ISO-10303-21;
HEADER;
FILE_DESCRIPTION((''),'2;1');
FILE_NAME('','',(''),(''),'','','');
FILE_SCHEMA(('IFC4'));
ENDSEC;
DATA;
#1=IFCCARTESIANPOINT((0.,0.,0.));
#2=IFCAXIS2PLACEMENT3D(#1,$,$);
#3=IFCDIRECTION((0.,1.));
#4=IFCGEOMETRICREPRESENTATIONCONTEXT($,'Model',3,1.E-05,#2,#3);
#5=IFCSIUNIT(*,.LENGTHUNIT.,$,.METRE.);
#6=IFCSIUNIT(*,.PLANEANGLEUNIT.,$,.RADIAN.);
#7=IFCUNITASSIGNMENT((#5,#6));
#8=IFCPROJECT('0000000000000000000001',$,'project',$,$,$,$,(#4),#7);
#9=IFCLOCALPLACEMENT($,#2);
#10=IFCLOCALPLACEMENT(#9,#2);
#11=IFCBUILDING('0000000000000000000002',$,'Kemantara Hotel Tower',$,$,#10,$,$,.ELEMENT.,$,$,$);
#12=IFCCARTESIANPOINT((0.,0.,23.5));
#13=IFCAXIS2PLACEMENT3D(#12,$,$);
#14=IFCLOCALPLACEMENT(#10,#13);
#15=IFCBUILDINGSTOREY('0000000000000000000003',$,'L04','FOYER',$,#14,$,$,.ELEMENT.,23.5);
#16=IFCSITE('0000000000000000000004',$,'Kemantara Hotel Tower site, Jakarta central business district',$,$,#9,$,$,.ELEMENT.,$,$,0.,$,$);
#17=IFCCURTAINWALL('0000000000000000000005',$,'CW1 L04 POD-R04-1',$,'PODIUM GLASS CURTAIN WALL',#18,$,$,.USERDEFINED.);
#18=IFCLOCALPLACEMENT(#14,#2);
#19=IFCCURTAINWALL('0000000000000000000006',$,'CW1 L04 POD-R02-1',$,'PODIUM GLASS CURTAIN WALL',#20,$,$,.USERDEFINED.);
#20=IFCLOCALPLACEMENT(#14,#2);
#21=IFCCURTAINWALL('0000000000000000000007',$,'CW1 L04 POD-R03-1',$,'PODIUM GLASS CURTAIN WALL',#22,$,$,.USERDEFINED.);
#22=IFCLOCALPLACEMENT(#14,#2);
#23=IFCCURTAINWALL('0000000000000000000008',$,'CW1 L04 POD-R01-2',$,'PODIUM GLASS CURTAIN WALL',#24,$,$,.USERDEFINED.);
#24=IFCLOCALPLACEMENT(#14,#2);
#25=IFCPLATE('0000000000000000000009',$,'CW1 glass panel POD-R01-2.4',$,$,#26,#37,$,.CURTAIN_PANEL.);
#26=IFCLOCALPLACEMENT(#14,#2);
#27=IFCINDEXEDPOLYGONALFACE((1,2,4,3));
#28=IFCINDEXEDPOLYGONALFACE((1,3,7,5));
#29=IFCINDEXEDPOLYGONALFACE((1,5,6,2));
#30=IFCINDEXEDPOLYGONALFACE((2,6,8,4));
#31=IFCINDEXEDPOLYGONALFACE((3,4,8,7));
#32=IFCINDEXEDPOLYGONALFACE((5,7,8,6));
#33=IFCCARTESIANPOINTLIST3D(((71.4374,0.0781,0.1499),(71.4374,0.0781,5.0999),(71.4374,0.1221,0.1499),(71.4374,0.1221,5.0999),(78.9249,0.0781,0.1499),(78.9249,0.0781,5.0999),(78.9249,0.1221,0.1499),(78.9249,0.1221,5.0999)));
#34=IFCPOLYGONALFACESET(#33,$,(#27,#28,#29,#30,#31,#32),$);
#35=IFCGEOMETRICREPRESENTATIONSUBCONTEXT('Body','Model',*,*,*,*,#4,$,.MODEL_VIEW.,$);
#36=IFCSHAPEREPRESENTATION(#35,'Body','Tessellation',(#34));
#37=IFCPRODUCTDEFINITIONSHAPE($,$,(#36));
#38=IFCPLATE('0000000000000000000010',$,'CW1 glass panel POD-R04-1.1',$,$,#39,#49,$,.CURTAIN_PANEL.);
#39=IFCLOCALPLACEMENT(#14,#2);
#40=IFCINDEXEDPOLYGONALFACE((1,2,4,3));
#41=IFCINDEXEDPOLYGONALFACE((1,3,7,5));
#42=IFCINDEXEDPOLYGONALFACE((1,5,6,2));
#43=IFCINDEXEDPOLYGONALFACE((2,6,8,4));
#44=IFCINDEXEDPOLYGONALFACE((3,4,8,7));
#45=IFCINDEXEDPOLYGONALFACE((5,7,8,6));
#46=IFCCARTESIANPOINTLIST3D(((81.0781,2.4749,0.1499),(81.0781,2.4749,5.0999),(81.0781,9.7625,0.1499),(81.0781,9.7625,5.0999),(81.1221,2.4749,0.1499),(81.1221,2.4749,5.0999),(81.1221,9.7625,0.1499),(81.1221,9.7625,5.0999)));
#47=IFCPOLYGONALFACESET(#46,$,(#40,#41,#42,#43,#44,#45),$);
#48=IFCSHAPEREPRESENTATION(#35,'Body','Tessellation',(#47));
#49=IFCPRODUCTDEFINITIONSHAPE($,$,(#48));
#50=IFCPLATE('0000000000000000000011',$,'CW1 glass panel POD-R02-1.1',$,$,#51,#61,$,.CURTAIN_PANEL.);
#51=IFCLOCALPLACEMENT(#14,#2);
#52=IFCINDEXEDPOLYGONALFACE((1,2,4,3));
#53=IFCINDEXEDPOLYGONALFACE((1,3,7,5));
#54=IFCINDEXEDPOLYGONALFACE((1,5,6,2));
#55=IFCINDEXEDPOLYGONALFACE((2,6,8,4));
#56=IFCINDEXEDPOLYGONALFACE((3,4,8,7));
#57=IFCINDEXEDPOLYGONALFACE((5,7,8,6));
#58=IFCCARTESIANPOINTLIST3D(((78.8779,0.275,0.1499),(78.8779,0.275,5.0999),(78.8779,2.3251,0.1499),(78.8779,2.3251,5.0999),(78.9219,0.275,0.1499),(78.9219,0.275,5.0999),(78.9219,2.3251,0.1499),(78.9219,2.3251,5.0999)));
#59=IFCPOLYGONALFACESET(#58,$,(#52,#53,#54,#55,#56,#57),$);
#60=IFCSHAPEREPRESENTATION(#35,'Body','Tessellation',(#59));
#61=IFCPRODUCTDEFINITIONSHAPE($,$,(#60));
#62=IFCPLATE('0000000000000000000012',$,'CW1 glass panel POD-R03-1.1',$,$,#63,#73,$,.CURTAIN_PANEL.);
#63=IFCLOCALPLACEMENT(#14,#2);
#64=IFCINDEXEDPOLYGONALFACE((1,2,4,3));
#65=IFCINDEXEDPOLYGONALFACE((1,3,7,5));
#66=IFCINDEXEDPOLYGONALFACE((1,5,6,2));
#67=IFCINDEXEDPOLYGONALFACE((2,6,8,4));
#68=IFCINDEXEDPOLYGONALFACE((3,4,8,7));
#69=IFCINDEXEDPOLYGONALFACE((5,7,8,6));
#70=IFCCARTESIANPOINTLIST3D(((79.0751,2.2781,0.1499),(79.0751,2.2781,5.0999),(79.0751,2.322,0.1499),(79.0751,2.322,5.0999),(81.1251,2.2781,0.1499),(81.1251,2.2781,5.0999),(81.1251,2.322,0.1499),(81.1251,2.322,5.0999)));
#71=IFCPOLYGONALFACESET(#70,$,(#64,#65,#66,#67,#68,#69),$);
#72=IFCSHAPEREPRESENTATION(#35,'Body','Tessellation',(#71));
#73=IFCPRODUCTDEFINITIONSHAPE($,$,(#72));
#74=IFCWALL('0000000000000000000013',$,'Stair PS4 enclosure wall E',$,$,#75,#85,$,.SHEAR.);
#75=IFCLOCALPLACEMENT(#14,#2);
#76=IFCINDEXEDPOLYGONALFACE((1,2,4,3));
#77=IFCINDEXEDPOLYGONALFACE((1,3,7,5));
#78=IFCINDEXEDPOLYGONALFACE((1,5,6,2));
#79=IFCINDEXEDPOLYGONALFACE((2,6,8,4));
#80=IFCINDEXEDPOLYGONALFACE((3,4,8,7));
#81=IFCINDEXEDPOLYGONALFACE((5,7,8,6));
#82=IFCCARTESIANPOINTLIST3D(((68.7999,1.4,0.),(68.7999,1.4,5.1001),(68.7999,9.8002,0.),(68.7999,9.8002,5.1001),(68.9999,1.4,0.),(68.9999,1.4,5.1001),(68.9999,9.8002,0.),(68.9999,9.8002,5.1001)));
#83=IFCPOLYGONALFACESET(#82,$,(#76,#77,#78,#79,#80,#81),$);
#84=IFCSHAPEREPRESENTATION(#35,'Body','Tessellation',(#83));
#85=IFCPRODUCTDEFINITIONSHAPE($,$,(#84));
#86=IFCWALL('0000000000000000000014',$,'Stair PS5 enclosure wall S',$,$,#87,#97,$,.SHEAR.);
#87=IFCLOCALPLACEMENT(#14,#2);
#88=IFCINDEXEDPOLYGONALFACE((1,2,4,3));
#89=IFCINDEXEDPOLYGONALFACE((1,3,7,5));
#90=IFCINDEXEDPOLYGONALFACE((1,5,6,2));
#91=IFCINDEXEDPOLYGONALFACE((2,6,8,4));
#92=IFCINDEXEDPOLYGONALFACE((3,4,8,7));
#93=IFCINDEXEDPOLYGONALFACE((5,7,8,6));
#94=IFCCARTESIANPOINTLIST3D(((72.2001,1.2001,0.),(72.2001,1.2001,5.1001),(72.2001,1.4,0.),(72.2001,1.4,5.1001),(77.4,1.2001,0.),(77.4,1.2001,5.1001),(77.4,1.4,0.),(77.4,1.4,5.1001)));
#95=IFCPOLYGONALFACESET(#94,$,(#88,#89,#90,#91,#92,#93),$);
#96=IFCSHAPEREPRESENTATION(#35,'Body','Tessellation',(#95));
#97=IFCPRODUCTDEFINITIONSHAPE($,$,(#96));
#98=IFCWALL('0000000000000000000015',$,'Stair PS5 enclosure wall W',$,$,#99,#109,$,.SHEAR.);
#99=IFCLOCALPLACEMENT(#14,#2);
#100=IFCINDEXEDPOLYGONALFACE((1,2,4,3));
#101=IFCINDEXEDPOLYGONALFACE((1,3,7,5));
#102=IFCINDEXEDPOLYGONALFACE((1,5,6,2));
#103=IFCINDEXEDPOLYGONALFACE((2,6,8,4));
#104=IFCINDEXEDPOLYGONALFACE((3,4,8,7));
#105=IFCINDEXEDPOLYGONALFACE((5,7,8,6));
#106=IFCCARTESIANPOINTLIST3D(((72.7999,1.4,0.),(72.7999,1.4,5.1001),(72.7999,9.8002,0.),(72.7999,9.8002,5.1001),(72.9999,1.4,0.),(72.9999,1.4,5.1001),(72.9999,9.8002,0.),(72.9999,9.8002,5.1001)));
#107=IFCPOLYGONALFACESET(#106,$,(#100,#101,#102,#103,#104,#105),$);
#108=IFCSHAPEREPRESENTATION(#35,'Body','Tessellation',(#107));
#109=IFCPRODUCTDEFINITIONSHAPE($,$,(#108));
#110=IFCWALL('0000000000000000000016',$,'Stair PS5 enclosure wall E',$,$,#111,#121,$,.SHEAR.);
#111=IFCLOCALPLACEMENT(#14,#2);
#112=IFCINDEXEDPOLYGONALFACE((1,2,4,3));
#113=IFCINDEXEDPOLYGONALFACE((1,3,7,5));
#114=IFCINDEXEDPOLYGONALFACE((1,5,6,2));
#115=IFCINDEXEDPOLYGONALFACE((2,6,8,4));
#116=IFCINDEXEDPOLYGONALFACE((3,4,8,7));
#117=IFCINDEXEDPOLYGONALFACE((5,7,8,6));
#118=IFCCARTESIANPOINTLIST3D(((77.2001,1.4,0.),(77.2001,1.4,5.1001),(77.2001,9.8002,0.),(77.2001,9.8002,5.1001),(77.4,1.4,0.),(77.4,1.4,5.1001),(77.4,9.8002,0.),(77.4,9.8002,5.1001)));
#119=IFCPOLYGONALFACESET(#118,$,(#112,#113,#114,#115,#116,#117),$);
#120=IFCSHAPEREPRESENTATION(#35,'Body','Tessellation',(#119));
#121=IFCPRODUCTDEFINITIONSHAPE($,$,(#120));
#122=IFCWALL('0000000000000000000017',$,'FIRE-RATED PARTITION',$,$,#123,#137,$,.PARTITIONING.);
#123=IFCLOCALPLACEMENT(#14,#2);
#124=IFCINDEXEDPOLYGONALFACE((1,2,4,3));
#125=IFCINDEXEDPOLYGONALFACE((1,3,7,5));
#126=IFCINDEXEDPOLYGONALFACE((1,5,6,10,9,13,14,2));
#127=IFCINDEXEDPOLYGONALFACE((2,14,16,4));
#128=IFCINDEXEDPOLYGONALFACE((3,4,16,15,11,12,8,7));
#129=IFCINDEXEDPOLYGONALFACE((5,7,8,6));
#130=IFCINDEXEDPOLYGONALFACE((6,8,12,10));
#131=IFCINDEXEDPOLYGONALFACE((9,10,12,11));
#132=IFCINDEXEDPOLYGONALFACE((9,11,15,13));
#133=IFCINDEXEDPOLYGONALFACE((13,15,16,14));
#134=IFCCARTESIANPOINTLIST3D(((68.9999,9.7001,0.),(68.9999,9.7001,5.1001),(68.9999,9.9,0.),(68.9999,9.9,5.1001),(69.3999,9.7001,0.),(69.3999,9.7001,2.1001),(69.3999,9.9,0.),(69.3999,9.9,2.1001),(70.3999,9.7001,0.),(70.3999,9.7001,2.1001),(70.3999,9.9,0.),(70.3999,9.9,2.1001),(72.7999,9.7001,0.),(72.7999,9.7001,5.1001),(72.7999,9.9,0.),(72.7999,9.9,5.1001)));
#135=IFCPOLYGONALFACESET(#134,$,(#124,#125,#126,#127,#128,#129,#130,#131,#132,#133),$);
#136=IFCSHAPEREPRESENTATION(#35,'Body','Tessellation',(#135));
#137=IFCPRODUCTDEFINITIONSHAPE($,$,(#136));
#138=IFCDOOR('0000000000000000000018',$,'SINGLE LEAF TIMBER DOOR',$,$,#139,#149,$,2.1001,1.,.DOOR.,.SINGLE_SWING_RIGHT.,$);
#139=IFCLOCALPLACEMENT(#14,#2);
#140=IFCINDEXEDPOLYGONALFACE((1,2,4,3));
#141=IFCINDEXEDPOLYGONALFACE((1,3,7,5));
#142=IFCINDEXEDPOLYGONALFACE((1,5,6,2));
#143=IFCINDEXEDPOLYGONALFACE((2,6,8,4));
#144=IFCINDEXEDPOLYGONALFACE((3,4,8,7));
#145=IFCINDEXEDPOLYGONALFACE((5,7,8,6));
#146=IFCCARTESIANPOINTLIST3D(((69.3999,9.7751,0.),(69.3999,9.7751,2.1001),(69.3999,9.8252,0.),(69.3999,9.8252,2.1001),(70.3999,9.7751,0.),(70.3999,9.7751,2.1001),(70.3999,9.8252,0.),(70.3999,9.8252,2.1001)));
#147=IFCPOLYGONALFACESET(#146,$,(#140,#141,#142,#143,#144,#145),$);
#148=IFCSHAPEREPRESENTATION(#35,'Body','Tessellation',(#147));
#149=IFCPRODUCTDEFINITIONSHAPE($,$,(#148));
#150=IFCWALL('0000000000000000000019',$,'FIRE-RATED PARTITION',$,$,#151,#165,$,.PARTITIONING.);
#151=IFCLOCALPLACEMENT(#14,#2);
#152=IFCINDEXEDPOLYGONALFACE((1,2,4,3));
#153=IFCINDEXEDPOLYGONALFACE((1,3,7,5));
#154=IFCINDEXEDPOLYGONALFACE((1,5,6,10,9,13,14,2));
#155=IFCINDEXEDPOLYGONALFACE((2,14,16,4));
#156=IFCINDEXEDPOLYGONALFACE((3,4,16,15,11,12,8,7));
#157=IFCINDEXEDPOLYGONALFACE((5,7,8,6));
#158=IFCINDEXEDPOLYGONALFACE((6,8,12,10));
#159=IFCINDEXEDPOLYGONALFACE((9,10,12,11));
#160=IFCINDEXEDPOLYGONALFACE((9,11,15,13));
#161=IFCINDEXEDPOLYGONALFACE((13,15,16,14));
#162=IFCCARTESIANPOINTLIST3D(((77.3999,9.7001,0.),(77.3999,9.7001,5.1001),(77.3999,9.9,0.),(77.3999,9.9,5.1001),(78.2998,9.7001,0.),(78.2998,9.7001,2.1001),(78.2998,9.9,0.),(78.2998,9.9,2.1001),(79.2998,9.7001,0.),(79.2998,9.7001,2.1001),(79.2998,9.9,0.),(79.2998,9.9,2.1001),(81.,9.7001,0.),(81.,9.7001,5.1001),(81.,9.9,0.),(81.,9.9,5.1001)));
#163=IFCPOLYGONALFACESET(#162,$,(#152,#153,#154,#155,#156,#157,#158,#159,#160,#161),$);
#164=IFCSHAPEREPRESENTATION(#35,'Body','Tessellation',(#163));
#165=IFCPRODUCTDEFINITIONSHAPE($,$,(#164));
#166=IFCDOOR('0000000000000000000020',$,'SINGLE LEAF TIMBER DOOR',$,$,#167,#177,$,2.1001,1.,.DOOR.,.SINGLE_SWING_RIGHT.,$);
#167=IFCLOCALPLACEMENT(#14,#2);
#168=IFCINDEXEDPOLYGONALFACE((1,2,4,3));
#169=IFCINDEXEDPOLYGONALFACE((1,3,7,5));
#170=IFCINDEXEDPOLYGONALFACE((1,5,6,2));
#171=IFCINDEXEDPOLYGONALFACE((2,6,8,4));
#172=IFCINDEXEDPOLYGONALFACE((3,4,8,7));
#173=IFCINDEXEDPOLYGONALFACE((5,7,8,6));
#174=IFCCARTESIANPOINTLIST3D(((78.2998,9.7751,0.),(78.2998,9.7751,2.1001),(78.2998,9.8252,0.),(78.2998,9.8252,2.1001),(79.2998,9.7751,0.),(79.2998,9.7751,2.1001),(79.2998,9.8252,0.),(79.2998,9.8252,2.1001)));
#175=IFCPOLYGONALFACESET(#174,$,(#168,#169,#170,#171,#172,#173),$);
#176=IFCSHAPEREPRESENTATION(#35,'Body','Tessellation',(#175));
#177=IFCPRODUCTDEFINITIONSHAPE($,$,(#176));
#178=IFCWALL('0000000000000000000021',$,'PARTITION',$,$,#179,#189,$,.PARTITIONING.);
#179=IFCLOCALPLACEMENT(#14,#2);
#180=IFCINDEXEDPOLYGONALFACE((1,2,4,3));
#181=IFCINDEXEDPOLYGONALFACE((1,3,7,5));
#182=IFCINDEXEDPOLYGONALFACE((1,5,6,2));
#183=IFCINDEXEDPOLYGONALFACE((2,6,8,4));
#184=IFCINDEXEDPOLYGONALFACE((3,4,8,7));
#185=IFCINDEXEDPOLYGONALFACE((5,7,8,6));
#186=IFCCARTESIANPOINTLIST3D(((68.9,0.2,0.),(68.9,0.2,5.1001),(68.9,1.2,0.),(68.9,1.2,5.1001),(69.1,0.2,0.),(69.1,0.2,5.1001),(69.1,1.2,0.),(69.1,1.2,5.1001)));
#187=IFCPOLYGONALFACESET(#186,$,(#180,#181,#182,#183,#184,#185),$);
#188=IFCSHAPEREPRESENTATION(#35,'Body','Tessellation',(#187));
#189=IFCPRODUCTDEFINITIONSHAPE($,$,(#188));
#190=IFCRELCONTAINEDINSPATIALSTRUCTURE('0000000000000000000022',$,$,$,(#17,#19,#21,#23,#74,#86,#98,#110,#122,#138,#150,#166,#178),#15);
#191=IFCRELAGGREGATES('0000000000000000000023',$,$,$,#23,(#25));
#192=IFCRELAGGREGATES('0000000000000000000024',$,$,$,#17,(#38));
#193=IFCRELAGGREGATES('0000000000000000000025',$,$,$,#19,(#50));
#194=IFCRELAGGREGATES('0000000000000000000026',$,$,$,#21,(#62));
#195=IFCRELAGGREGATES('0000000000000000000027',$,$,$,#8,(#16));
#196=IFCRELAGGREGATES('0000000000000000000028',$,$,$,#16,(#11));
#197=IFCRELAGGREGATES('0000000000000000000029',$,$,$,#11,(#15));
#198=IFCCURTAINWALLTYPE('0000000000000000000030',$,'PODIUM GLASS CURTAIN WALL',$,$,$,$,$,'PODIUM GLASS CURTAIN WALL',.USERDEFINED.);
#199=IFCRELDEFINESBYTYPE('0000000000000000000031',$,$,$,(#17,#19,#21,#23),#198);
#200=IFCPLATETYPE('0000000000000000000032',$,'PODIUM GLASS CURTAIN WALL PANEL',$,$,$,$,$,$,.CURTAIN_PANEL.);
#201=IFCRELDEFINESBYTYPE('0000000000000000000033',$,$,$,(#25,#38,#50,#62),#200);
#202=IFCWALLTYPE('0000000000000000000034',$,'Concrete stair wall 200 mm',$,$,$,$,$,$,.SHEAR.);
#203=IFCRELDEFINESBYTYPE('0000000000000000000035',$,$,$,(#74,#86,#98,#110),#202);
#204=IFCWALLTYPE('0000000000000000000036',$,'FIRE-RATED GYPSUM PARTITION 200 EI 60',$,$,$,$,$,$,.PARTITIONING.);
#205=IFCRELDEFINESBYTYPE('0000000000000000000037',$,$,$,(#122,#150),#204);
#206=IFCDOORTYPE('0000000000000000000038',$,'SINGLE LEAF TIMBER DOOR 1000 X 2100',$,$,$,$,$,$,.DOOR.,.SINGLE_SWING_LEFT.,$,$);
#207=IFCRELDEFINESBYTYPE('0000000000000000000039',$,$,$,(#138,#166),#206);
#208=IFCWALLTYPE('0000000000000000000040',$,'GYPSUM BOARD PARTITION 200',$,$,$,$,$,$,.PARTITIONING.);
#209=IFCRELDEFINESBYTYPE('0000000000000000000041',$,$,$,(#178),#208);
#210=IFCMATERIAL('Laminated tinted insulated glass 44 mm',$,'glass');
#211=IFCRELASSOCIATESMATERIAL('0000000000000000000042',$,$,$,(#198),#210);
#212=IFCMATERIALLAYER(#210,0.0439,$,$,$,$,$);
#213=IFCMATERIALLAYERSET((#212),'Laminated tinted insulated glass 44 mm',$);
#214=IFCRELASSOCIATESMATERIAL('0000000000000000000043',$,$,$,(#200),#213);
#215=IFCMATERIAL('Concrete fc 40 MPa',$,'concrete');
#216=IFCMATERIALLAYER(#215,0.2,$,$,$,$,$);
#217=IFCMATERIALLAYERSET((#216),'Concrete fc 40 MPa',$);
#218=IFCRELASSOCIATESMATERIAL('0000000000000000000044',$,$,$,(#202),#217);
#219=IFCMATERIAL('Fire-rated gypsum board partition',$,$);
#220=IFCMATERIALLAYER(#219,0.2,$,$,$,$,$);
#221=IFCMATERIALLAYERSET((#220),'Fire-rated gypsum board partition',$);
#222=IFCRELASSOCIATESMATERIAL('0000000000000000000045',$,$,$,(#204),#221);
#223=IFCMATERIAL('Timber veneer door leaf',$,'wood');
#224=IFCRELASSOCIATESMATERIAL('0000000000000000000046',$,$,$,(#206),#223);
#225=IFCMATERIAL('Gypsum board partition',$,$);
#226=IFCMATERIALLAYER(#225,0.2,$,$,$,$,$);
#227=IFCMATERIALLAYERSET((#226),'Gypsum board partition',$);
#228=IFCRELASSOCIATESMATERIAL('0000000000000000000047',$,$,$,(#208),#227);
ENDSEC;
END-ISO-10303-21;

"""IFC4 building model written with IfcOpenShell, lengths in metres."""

from ifc_helpers import new_model, si_unit, direction, frame, frame_2d, origin, origin_2d, place, context, subcontext, project, spatial, rectangle, extrude, source, transform, mapped, material, layer, layer_set, type_object, element, fill, aggregate, save


model = new_model("IFC4")

# Units and contexts
model_context = context("Model", 3, precision=1e-05, world=origin(), true_north=direction((0.0, 1.0)))
body_context = subcontext(model_context, "Body", "Model", "MODEL_VIEW")
ifc_project = project(units=[si_unit("LENGTHUNIT", "METRE"), si_unit("PLANEANGLEUNIT", "RADIAN")], contexts=[model_context])

# Site, building, storey
site_placement = place(None, origin())
site = spatial("IfcSite", under=ifc_project, at=site_placement, Name="Kemantara Hotel Tower site, Jakarta central business district", CompositionType="ELEMENT", RefElevation=0.0)
building_placement = place(site_placement, origin())
building = spatial("IfcBuilding", under=site, at=building_placement, Name="Kemantara Hotel Tower", CompositionType="ELEMENT")
storey_placement = place(building_placement, frame((0.0, 0.0, 23.5)))
storey = spatial("IfcBuildingStorey", under=building, at=storey_placement, Name="L04", Description="FOYER", CompositionType="ELEMENT", Elevation=23.5)

# Curtain walls
ifc_material_1 = material(Name="Laminated tinted insulated glass 44 mm", Category="glass")
curtain_wall_type = type_object("IfcCurtainWallType", Name="PODIUM GLASS CURTAIN WALL", ElementType="PODIUM GLASS CURTAIN WALL", PredefinedType="USERDEFINED", material=ifc_material_1)
curtain_wall_1_placement = place(storey_placement, origin())
curtain_wall_1 = element("IfcCurtainWall", 1, at=curtain_wall_1_placement, inside=storey, type_object=curtain_wall_type, Name="CW1 L04 POD-R04-1", ObjectType="PODIUM GLASS CURTAIN WALL", PredefinedType="USERDEFINED")
curtain_wall_2_placement = place(storey_placement, origin())
curtain_wall_2 = element("IfcCurtainWall", 2, at=curtain_wall_2_placement, inside=storey, type_object=curtain_wall_type, Name="CW1 L04 POD-R02-1", ObjectType="PODIUM GLASS CURTAIN WALL", PredefinedType="USERDEFINED")
curtain_wall_3_placement = place(storey_placement, origin())
curtain_wall_3 = element("IfcCurtainWall", 3, at=curtain_wall_3_placement, inside=storey, type_object=curtain_wall_type, Name="CW1 L04 POD-R03-1", ObjectType="PODIUM GLASS CURTAIN WALL", PredefinedType="USERDEFINED")

# Curtain wall
curtain_wall_4_placement = place(storey_placement, origin())
curtain_wall_4 = element("IfcCurtainWall", 4, at=curtain_wall_4_placement, inside=storey, type_object=curtain_wall_type, Name="CW1 L04 POD-R01-2", ObjectType="PODIUM GLASS CURTAIN WALL", PredefinedType="USERDEFINED")

# Plates
ifc_layer_1 = layer(ifc_material_1, 0.0439)
ifc_layer_set_1 = layer_set([ifc_layer_1], Name="Laminated tinted insulated glass 44 mm")
plate_type = type_object("IfcPlateType", Name="PODIUM GLASS CURTAIN WALL PANEL", PredefinedType="CURTAIN_PANEL", material=ifc_layer_set_1)
shared_shape_1 = source(origin(), body_context, "Body", "SweptSolid", [
    extrude(rectangle(XDim=7.4875, YDim=0.0439, at=origin_2d()), origin(), (0.0, 0.0, 1.0), 4.95),
])
plate_1_placement = place(storey_placement, frame((75.1812, 0.1001, 0.1499), z_axis=(0.0, 0.0, 1.0), x_axis=(1.0, 0.0, 0.0)))
plate_1 = element("IfcPlate", 5, at=plate_1_placement, type_object=plate_type, Name="CW1 glass panel POD-R01-2.4", PredefinedType="CURTAIN_PANEL", context=body_context, shape_type="MappedRepresentation", body=[
    mapped(shared_shape_1, transform((0.0, 0.0, 0.0))),
])
aggregate(curtain_wall_4, [plate_1])
shared_shape_2 = source(origin(), body_context, "Body", "SweptSolid", [
    extrude(rectangle(XDim=7.2876, YDim=0.0439, at=origin_2d()), origin(), (0.0, 0.0, 1.0), 4.95),
])
plate_2_placement = place(storey_placement, frame((81.1001, 6.1187, 0.1499), z_axis=(0.0, 0.0, 1.0), x_axis=(0.0, 1.0, 0.0)))
plate_2 = element("IfcPlate", 6, at=plate_2_placement, type_object=plate_type, Name="CW1 glass panel POD-R04-1.1", PredefinedType="CURTAIN_PANEL", context=body_context, shape_type="MappedRepresentation", body=[
    mapped(shared_shape_2, transform((0.0, 0.0, 0.0))),
])
aggregate(curtain_wall_1, [plate_2])
shared_shape_3 = source(origin(), body_context, "Body", "SweptSolid", [
    extrude(rectangle(XDim=2.05, YDim=0.0439, at=origin_2d()), origin(), (0.0, 0.0, 1.0), 4.95),
])
plate_3_placement = place(storey_placement, frame((78.8999, 1.3, 0.1499), z_axis=(0.0, 0.0, 1.0), x_axis=(0.0, 1.0, 0.0)))
plate_3 = element("IfcPlate", 7, at=plate_3_placement, type_object=plate_type, Name="CW1 glass panel POD-R02-1.1", PredefinedType="CURTAIN_PANEL", context=body_context, shape_type="MappedRepresentation", body=[
    mapped(shared_shape_3, transform((0.0, 0.0, 0.0))),
])
aggregate(curtain_wall_2, [plate_3])
plate_4_placement = place(storey_placement, frame((80.1001, 2.3, 0.1499), z_axis=(0.0, 0.0, 1.0), x_axis=(1.0, 0.0, 0.0)))
plate_4 = element("IfcPlate", 8, at=plate_4_placement, type_object=plate_type, Name="CW1 glass panel POD-R03-1.1", PredefinedType="CURTAIN_PANEL", context=body_context, shape_type="MappedRepresentation", body=[
    mapped(shared_shape_3, transform((0.0, 0.0, 0.0))),
])
aggregate(curtain_wall_3, [plate_4])

# Walls
ifc_material_2 = material(Name="Concrete fc 40 MPa", Category="concrete")
ifc_layer_2 = layer(ifc_material_2, 0.2)
ifc_layer_set_2 = layer_set([ifc_layer_2], Name="Concrete fc 40 MPa")
wall_type_1 = type_object("IfcWallType", Name="Concrete stair wall 200 mm", PredefinedType="SHEAR", material=ifc_layer_set_2)
wall_1_placement = place(storey_placement, frame((68.8999, 1.3999, 0.0), z_axis=(0.0, 0.0, 1.0), x_axis=(0.0, 1.0, 0.0)))
element("IfcWall", 9, at=wall_1_placement, inside=storey, type_object=wall_type_1, Name="Stair PS4 enclosure wall E", PredefinedType="SHEAR", context=body_context, shape_type="SweptSolid", body=[
    extrude(rectangle(XDim=8.4001, YDim=0.2, at=frame_2d((4.2002, 0.0))), origin(), (0.0, 0.0, 1.0), 5.1001),
])
wall_2_placement = place(storey_placement, frame((72.2, 1.3, 0.0), z_axis=(0.0, 0.0, 1.0), x_axis=(1.0, 0.0, 0.0)))
element("IfcWall", 10, at=wall_2_placement, inside=storey, type_object=wall_type_1, Name="Stair PS5 enclosure wall S", PredefinedType="SHEAR", context=body_context, shape_type="SweptSolid", body=[
    extrude(rectangle(XDim=5.2, YDim=0.2, at=frame_2d((2.6001, 0.0))), origin(), (0.0, 0.0, 1.0), 5.1001),
])
for number, where, z_axis, x_axis, name in (
    (11, (72.8999, 1.3999, 0.0), (0.0, 0.0, 1.0), (0.0, 1.0, 0.0), "Stair PS5 enclosure wall W"),
    (12, (77.3, 1.3999, 0.0), (0.0, 0.0, 1.0), (0.0, 1.0, 0.0), "Stair PS5 enclosure wall E"),
):
    element("IfcWall", number, at=place(storey_placement, frame(where, z_axis=z_axis, x_axis=x_axis)), inside=storey, type_object=wall_type_1, Name=name, PredefinedType="SHEAR", context=body_context, shape_type="SweptSolid", body=[
        extrude(rectangle(XDim=8.4001, YDim=0.2, at=frame_2d((4.2002, 0.0))), origin(), (0.0, 0.0, 1.0), 5.1001),
    ])

# Walls, openings, doors
ifc_material_3 = material(Name="Fire-rated gypsum board partition")
ifc_layer_3 = layer(ifc_material_3, 0.2)
ifc_layer_set_3 = layer_set([ifc_layer_3], Name="Fire-rated gypsum board partition")
wall_type_2 = type_object("IfcWallType", Name="FIRE-RATED GYPSUM PARTITION 200 EI 60", PredefinedType="PARTITIONING", material=ifc_layer_set_3)
wall_3_placement = place(storey_placement, frame((69.0, 9.8, 0.0), z_axis=(0.0, 0.0, 1.0), x_axis=(1.0, 0.0, 0.0)))
wall_3 = element("IfcWall", 13, at=wall_3_placement, inside=storey, type_object=wall_type_2, Name="FIRE-RATED PARTITION", PredefinedType="PARTITIONING", context=body_context, shape_type="SweptSolid", body=[
    extrude(rectangle(XDim=3.8, YDim=0.2, at=frame_2d((1.8999, 0.0))), origin(), (0.0, 0.0, 1.0), 5.1001),
])
opening_1_placement = place(wall_3_placement, frame((0.3999, 0.0, 0.0)))
opening_1 = element("IfcOpeningElement", 14, at=opening_1_placement, cuts=wall_3, PredefinedType="OPENING", context=body_context, shape_type="SweptSolid", body=[
    extrude(rectangle(XDim=1.0, YDim=2.1001, at=frame_2d((0.5, 1.05))), frame((0.0, 0.1099, 0.0), z_axis=(0.0, -1.0, 0.0), x_axis=(1.0, 0.0, 0.0)), (0.0, 0.0, 1.0), 0.22),
])
ifc_material_4 = material(Name="Timber veneer door leaf", Category="wood")
door_type = type_object("IfcDoorType", Name="SINGLE LEAF TIMBER DOOR 1000 X 2100", OperationType="SINGLE_SWING_LEFT", PredefinedType="DOOR", material=ifc_material_4)
door_1_placement = place(opening_1_placement, frame((1.0, 0.0, 0.0), z_axis=(0.0, 0.0, 1.0), x_axis=(-1.0, 0.0, 0.0)))
door_1 = element("IfcDoor", 15, at=door_1_placement, inside=storey, type_object=door_type, Name="SINGLE LEAF TIMBER DOOR", OperationType="SINGLE_SWING_RIGHT", OverallHeight=2.1001, OverallWidth=1.0, PredefinedType="DOOR", context=body_context, shape_type="SweptSolid", body=[
    extrude(rectangle(XDim=1.0, YDim=2.1001, at=frame_2d((0.5, 1.05))), frame((0.0, 0.0249, 0.0), z_axis=(0.0, -1.0, 0.0), x_axis=(1.0, 0.0, 0.0)), (0.0, 0.0, 1.0), 0.05),
])
fill(opening_1, door_1)
wall_4_placement = place(storey_placement, frame((77.3999, 9.8, 0.0), z_axis=(0.0, 0.0, 1.0), x_axis=(1.0, 0.0, 0.0)))
wall_4 = element("IfcWall", 16, at=wall_4_placement, inside=storey, type_object=wall_type_2, Name="FIRE-RATED PARTITION", PredefinedType="PARTITIONING", context=body_context, shape_type="SweptSolid", body=[
    extrude(rectangle(XDim=3.6001, YDim=0.2, at=frame_2d((1.8, 0.0))), origin(), (0.0, 0.0, 1.0), 5.1001),
])
opening_2_placement = place(wall_4_placement, frame((0.8999, 0.0, 0.0)))
opening_2 = element("IfcOpeningElement", 17, at=opening_2_placement, cuts=wall_4, PredefinedType="OPENING", context=body_context, shape_type="SweptSolid", body=[
    extrude(rectangle(XDim=1.0, YDim=2.1001, at=frame_2d((0.5, 1.05))), frame((0.0, 0.1099, 0.0), z_axis=(0.0, -1.0, 0.0), x_axis=(1.0, 0.0, 0.0)), (0.0, 0.0, 1.0), 0.22),
])
door_2_placement = place(opening_2_placement, frame((1.0, 0.0, 0.0), z_axis=(0.0, 0.0, 1.0), x_axis=(-1.0, 0.0, 0.0)))
door_2 = element("IfcDoor", 18, at=door_2_placement, inside=storey, type_object=door_type, Name="SINGLE LEAF TIMBER DOOR", OperationType="SINGLE_SWING_RIGHT", OverallHeight=2.1001, OverallWidth=1.0, PredefinedType="DOOR", context=body_context, shape_type="SweptSolid", body=[
    extrude(rectangle(XDim=1.0, YDim=2.1001, at=frame_2d((0.5, 1.05))), frame((0.0, 0.0249, 0.0), z_axis=(0.0, -1.0, 0.0), x_axis=(1.0, 0.0, 0.0)), (0.0, 0.0, 1.0), 0.05),
])
fill(opening_2, door_2)

# Wall
ifc_material_5 = material(Name="Gypsum board partition")
ifc_layer_4 = layer(ifc_material_5, 0.2)
ifc_layer_set_4 = layer_set([ifc_layer_4], Name="Gypsum board partition")
wall_type_3 = type_object("IfcWallType", Name="GYPSUM BOARD PARTITION 200", PredefinedType="PARTITIONING", material=ifc_layer_set_4)
for number, where, z_axis, x_axis, name in (
    (19, (69.0, 0.2, 0.0), (0.0, 0.0, 1.0), (0.0, 1.0, 0.0), "PARTITION"),
):
    element("IfcWall", number, at=place(storey_placement, frame(where, z_axis=z_axis, x_axis=x_axis)), inside=storey, type_object=wall_type_3, Name=name, PredefinedType="PARTITIONING", context=body_context, shape_type="SweptSolid", body=[
        extrude(rectangle(XDim=1.0, YDim=0.2, at=frame_2d((0.5, 0.0))), origin(), (0.0, 0.0, 1.0), 5.1001),
    ])

save(model, "model.ifc")
